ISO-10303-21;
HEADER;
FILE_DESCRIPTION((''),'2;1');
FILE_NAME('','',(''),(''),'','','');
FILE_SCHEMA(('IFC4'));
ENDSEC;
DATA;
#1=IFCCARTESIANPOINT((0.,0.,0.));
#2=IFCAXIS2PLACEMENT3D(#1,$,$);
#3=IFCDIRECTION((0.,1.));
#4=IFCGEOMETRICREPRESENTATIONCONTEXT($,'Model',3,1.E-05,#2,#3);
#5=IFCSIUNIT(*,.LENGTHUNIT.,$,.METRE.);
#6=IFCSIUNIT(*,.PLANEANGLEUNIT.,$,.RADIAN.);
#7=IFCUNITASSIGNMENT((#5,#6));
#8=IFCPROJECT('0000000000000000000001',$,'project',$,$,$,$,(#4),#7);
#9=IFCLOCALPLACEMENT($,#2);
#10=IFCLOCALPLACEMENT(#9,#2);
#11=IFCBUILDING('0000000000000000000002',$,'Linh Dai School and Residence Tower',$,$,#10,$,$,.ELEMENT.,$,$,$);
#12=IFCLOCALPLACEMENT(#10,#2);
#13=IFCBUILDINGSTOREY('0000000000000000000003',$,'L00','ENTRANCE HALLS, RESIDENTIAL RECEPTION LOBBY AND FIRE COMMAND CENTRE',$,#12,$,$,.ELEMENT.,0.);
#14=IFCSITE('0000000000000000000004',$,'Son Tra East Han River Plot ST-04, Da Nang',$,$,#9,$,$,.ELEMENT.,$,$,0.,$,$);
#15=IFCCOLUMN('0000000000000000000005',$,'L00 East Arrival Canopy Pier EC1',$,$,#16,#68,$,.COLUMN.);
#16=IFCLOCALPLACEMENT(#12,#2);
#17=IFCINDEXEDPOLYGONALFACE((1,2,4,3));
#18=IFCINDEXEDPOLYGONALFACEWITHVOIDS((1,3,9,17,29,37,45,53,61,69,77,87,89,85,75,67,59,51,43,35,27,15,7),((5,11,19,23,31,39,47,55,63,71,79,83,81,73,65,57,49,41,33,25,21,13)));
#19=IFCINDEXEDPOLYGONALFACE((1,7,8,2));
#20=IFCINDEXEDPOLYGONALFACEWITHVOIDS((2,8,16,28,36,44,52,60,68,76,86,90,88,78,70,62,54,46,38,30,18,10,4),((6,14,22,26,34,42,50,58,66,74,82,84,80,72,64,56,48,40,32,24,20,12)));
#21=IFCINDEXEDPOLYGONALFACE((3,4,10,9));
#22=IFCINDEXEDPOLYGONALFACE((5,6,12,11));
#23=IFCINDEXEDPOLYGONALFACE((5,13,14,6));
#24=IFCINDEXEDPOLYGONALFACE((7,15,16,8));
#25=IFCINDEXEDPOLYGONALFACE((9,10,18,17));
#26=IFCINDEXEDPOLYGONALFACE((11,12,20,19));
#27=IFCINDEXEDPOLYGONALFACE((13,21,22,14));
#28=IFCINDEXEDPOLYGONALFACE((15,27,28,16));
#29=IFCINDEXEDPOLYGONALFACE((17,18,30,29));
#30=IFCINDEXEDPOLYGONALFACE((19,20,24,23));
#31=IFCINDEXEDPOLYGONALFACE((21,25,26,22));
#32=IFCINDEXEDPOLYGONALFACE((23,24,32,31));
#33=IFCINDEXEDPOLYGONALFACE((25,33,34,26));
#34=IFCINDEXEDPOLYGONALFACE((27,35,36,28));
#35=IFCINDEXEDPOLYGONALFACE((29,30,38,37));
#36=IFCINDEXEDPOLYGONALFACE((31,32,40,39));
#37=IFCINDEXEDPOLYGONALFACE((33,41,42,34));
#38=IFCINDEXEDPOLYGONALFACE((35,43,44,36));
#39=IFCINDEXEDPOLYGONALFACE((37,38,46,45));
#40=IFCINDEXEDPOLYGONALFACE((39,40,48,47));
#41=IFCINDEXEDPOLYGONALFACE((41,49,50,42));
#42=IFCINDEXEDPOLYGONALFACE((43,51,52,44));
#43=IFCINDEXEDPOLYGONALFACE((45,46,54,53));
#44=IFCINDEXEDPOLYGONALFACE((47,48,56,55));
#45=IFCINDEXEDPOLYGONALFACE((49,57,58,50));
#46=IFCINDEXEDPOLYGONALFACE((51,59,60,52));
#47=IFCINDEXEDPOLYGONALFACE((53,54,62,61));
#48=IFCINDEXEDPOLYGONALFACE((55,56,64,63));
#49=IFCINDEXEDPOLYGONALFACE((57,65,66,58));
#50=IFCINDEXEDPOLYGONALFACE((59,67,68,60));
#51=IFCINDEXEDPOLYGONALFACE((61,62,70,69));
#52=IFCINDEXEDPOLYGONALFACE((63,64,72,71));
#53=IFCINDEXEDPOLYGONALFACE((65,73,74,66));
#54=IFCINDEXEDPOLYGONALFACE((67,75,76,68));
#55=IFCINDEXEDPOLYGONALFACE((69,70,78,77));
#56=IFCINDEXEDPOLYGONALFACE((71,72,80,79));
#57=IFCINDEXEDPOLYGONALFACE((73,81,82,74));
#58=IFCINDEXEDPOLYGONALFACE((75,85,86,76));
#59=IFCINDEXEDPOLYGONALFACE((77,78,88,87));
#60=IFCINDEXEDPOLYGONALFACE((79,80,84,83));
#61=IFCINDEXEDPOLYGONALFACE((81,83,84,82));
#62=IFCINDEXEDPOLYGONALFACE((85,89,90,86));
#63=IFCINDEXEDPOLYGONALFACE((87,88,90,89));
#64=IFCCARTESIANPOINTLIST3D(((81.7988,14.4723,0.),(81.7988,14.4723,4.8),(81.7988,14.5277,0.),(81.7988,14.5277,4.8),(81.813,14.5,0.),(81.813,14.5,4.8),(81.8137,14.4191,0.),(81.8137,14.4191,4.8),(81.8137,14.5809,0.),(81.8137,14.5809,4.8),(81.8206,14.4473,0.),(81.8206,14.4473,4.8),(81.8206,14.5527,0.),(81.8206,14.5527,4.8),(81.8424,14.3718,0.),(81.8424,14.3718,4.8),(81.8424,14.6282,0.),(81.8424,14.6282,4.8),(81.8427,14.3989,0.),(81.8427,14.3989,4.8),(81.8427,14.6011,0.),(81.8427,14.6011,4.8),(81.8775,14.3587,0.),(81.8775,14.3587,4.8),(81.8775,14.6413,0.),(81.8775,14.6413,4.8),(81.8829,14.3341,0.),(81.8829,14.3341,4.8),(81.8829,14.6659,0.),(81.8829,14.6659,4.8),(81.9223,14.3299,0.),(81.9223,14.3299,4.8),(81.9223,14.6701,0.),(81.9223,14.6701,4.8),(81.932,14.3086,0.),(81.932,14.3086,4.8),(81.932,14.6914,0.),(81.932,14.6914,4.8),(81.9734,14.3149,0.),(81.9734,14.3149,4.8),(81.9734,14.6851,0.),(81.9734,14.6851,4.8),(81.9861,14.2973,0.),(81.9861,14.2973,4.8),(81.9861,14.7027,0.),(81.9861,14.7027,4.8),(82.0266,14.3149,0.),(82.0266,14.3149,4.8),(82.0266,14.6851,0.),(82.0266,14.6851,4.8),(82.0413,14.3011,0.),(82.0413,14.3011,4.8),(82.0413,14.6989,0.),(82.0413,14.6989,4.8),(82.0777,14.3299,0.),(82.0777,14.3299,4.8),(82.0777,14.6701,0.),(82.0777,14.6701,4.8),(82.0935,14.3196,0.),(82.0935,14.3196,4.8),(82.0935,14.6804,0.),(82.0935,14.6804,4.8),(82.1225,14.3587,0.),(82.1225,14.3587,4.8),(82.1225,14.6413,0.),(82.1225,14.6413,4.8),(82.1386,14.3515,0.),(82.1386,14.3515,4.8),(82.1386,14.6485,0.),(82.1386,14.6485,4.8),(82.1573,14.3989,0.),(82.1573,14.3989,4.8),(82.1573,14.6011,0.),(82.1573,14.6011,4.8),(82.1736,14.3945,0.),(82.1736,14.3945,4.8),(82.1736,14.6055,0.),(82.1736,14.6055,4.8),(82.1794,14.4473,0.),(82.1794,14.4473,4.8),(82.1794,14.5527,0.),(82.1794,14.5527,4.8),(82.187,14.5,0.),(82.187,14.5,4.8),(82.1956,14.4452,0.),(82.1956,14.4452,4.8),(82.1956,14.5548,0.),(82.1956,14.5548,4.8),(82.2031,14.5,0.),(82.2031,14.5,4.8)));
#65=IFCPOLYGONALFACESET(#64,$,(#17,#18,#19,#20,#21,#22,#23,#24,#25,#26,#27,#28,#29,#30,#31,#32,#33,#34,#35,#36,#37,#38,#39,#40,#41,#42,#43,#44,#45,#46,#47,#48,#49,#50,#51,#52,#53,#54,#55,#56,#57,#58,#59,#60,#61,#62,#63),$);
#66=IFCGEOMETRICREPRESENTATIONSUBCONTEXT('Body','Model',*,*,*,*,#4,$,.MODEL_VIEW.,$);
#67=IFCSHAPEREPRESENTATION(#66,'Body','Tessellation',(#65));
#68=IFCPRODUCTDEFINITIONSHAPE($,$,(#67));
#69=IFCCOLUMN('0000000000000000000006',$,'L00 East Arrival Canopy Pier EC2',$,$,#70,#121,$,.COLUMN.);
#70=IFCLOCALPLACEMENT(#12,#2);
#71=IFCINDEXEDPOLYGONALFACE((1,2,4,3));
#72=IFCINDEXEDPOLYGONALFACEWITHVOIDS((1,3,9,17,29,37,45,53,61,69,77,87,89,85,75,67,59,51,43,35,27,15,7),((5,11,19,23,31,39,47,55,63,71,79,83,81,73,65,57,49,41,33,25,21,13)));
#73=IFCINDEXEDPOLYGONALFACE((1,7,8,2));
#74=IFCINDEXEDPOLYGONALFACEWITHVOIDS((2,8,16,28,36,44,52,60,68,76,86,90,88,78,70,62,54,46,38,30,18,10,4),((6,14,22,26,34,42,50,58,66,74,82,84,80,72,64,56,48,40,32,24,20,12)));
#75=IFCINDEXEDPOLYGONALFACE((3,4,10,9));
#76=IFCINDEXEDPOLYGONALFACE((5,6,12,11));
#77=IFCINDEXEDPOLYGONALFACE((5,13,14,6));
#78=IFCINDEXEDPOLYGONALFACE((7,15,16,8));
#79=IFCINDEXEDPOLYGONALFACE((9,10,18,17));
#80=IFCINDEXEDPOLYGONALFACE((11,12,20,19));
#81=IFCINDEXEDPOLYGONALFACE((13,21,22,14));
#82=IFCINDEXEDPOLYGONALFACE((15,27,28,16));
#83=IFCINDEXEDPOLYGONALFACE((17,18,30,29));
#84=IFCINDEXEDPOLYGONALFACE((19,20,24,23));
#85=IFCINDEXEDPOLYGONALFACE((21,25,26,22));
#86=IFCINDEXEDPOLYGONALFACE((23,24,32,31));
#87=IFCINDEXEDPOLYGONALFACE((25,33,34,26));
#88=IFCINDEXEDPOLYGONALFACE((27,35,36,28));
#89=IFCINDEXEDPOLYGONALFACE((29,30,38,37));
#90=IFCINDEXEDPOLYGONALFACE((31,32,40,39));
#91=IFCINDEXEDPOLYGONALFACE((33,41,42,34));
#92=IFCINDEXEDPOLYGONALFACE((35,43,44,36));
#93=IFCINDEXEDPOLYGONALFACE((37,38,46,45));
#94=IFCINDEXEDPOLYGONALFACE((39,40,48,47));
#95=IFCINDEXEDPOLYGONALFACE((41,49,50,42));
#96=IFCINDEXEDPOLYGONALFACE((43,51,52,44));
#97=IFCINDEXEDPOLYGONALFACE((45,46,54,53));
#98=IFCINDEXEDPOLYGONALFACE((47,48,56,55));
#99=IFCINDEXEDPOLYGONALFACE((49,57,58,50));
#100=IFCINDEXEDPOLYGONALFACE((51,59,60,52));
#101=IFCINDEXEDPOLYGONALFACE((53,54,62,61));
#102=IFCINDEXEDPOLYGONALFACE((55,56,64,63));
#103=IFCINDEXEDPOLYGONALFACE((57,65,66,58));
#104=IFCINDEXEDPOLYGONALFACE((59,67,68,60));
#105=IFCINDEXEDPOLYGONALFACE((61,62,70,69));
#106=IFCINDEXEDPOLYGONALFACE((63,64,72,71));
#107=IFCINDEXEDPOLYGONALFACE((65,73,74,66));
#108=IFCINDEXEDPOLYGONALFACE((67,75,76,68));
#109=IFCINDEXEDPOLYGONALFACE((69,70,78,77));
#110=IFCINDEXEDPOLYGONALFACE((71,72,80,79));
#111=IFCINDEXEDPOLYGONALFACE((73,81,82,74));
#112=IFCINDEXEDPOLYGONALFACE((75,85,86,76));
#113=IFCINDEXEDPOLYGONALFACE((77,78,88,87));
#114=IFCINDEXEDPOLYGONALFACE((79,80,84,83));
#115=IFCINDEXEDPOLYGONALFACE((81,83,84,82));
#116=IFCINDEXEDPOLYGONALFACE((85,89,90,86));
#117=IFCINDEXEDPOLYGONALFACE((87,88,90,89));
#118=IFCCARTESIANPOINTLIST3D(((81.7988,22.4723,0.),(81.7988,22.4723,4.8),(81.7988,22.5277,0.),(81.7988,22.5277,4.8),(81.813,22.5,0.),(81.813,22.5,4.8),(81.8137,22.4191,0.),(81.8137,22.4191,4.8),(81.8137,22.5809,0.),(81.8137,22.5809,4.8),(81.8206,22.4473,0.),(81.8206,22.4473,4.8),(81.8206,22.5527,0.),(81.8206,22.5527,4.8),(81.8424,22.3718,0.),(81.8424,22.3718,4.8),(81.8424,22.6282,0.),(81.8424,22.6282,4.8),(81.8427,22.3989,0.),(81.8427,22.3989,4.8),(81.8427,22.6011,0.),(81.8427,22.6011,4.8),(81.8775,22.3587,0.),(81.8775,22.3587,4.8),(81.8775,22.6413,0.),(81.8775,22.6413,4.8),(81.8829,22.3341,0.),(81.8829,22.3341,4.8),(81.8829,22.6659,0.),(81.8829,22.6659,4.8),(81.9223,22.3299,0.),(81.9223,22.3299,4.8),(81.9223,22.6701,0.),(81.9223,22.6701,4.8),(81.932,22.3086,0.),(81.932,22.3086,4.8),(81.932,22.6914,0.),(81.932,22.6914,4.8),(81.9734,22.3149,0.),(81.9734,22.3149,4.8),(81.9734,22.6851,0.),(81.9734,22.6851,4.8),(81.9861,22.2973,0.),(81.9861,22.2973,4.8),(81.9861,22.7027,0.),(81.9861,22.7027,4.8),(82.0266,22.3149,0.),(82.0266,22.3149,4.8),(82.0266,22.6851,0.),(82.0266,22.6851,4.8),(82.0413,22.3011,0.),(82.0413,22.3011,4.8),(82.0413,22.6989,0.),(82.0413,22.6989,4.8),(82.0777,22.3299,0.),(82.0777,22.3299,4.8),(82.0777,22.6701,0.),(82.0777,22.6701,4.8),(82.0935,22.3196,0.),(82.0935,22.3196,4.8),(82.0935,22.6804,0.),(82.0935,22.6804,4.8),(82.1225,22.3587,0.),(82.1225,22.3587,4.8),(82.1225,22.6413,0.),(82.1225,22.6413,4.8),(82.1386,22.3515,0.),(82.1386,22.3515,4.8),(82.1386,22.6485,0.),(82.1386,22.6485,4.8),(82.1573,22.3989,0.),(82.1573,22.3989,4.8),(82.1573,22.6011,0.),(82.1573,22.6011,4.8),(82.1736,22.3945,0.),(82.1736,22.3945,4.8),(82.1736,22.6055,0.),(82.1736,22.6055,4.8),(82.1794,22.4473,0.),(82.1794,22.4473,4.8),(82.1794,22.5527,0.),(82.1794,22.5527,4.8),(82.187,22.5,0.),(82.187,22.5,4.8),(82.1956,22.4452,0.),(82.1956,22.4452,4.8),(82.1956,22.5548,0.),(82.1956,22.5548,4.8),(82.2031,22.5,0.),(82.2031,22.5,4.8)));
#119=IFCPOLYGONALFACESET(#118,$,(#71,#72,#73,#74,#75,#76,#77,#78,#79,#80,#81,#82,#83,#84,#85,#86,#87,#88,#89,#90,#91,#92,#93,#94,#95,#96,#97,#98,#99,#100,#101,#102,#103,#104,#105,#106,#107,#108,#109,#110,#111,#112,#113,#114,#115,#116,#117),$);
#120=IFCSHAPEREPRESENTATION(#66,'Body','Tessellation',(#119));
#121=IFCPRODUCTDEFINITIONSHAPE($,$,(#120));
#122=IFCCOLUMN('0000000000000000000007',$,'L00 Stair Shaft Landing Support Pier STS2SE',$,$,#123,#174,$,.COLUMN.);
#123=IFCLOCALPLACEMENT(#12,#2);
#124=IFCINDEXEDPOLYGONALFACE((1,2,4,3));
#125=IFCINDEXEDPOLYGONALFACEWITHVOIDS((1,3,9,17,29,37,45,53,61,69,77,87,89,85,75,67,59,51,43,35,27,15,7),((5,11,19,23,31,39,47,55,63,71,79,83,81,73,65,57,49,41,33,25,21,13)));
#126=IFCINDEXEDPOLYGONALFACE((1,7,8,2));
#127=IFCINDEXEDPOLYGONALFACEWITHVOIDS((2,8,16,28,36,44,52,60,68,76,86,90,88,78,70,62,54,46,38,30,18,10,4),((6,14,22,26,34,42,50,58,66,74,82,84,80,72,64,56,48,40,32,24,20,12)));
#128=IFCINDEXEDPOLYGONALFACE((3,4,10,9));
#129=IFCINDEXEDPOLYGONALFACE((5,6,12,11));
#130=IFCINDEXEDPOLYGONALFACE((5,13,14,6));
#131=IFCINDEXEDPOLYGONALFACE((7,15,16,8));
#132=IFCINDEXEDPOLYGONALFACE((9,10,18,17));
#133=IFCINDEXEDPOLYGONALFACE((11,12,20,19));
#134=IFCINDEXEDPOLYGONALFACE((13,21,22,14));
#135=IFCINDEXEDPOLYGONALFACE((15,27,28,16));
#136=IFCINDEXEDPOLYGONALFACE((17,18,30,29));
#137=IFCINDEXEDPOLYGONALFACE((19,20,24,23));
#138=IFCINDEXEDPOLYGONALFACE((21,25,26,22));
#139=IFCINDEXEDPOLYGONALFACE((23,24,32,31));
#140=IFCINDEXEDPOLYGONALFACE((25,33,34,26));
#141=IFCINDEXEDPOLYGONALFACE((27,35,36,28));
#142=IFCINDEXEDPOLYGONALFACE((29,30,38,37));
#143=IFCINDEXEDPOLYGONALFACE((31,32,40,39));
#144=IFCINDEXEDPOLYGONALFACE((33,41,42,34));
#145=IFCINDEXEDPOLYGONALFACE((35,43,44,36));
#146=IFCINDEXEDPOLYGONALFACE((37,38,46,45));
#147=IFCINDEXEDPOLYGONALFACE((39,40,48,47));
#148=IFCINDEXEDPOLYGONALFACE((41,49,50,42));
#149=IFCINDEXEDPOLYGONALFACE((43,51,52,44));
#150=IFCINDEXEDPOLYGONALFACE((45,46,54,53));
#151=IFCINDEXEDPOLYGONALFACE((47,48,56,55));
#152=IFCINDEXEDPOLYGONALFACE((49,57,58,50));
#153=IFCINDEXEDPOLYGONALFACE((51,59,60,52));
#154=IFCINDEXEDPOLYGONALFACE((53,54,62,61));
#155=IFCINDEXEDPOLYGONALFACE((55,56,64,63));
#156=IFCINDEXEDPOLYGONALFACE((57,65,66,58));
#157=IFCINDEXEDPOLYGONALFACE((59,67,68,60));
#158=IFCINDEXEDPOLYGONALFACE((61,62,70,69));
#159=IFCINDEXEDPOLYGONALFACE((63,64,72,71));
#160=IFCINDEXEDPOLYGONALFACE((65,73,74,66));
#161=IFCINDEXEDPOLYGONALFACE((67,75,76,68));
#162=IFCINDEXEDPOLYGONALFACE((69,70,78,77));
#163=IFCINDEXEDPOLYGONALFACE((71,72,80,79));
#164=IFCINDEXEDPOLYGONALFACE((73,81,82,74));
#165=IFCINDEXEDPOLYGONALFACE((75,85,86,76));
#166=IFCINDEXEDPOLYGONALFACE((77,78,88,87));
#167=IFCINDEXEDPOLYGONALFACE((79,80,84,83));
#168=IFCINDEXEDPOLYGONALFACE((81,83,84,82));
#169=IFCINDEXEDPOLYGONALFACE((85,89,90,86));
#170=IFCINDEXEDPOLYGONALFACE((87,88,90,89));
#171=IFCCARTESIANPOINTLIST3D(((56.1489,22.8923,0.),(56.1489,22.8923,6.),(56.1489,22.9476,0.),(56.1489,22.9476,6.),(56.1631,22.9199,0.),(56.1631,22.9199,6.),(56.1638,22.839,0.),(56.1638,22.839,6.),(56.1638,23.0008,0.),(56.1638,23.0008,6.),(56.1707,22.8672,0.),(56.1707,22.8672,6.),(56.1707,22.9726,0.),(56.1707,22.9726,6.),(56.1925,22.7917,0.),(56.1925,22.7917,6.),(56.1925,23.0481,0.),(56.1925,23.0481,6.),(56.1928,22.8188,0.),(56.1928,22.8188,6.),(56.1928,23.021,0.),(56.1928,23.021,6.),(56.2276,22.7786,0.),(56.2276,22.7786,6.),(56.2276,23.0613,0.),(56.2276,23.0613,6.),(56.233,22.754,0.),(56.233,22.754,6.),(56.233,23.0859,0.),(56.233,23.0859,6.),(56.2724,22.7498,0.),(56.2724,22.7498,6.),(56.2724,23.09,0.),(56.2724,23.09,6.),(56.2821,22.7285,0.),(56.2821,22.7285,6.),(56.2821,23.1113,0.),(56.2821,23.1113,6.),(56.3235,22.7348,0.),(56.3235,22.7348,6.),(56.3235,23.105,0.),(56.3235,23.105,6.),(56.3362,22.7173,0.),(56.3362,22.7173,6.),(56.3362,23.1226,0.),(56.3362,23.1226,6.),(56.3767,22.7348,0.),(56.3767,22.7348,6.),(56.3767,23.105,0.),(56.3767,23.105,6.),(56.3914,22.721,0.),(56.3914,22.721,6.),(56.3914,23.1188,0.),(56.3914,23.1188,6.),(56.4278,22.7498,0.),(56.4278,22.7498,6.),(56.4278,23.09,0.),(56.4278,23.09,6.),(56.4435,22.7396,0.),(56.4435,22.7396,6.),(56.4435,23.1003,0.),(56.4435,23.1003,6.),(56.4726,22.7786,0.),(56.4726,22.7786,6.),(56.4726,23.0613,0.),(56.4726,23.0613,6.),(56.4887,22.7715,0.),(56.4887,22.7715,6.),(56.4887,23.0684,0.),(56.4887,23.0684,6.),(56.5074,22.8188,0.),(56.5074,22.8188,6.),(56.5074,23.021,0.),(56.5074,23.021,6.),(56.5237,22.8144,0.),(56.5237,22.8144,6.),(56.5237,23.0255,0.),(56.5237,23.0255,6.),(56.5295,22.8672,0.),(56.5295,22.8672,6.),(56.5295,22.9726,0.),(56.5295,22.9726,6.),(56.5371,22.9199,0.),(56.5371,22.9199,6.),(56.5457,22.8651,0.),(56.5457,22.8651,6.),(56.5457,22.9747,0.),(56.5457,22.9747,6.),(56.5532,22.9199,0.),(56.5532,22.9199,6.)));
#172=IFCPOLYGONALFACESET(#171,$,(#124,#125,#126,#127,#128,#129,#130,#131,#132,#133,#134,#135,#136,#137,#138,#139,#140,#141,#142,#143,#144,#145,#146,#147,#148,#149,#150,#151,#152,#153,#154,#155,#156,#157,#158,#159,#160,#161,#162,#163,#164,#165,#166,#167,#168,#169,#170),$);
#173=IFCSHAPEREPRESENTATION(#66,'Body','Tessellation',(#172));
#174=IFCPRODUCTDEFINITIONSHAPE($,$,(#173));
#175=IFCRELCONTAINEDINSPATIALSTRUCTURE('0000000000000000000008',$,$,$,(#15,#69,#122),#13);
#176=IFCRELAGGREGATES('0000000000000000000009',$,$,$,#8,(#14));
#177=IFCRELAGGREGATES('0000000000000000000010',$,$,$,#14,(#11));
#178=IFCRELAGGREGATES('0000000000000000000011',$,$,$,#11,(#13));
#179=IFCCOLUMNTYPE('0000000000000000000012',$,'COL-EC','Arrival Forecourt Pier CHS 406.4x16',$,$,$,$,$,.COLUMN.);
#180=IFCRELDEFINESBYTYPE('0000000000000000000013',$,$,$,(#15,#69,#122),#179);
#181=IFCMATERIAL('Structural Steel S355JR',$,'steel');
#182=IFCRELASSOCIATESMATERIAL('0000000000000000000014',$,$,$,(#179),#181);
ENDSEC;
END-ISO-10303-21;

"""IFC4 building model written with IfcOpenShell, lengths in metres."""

from ifc_helpers import new_model, si_unit, direction, frame, origin, origin_2d, place, context, subcontext, project, spatial, hollow_circle, extrude, material, material_profile, profile_set, type_object, element, save


model = new_model("IFC4")

# Units and contexts
model_context = context("Model", 3, precision=1e-05, world=origin(), true_north=direction((0.0, 1.0)))
body_context = subcontext(model_context, "Body", "Model", "MODEL_VIEW")
ifc_project = project(units=[si_unit("LENGTHUNIT", "METRE"), si_unit("PLANEANGLEUNIT", "RADIAN")], contexts=[model_context])

# Site, building, storey
site_placement = place(None, origin())
site = spatial("IfcSite", under=ifc_project, at=site_placement, Name="Son Tra East Han River Plot ST-04, Da Nang", CompositionType="ELEMENT", RefElevation=0.0)
building_placement = place(site_placement, origin())
building = spatial("IfcBuilding", under=site, at=building_placement, Name="Linh Dai School and Residence Tower", CompositionType="ELEMENT")
storey_placement = place(building_placement, origin())
storey = spatial("IfcBuildingStorey", under=building, at=storey_placement, Name="L00", Description="ENTRANCE HALLS, RESIDENTIAL RECEPTION LOBBY AND FIRE COMMAND CENTRE", CompositionType="ELEMENT", Elevation=0.0)

# Columns
ifc_material_1 = material(Name="Structural Steel S355JR", Category="steel")
ifc_material_profile_1 = material_profile(ifc_material_1, hollow_circle(Radius=0.2031, WallThickness=0.0161, at=origin_2d()), Name="CHS 406.4x16")
ifc_profile_set_1 = profile_set([ifc_material_profile_1], Name="Structural Steel S355JR")
column_type_1 = type_object("IfcColumnType", Name="COL-EC", Description="Arrival Forecourt Pier CHS 406.4x16", PredefinedType="COLUMN", material=ifc_profile_set_1)
for number, where, z_axis, x_axis, name in (
    (1, (82.0, 14.5, 0.0), (0.0, 0.0, 1.0), (1.0, 0.0, 0.0), "L00 East Arrival Canopy Pier EC1"),
    (2, (82.0, 22.5, 0.0), (0.0, 0.0, 1.0), (1.0, 0.0, 0.0), "L00 East Arrival Canopy Pier EC2"),
):
    element("IfcColumn", number, at=place(storey_placement, frame(where, z_axis=z_axis, x_axis=x_axis)), inside=storey, type_object=column_type_1, Name=name, PredefinedType="COLUMN", context=body_context, shape_type="SweptSolid", body=[
        extrude(hollow_circle(Radius=0.2031, WallThickness=0.0161, at=origin_2d()), origin(), (0.0, 0.0, 1.0), 4.8),
    ])
for number, where, z_axis, x_axis, name in (
    (3, (56.3501, 22.9199, 0.0), (0.0, 0.0, 1.0), (1.0, 0.0, 0.0), "L00 Stair Shaft Landing Support Pier STS2SE"),
):
    element("IfcColumn", number, at=place(storey_placement, frame(where, z_axis=z_axis, x_axis=x_axis)), inside=storey, type_object=column_type_1, Name=name, PredefinedType="COLUMN", context=body_context, shape_type="SweptSolid", body=[
        extrude(hollow_circle(Radius=0.2031, WallThickness=0.0161, at=origin_2d()), origin(), (0.0, 0.0, 1.0), 6.0),
    ])

save(model, "model.ifc")
